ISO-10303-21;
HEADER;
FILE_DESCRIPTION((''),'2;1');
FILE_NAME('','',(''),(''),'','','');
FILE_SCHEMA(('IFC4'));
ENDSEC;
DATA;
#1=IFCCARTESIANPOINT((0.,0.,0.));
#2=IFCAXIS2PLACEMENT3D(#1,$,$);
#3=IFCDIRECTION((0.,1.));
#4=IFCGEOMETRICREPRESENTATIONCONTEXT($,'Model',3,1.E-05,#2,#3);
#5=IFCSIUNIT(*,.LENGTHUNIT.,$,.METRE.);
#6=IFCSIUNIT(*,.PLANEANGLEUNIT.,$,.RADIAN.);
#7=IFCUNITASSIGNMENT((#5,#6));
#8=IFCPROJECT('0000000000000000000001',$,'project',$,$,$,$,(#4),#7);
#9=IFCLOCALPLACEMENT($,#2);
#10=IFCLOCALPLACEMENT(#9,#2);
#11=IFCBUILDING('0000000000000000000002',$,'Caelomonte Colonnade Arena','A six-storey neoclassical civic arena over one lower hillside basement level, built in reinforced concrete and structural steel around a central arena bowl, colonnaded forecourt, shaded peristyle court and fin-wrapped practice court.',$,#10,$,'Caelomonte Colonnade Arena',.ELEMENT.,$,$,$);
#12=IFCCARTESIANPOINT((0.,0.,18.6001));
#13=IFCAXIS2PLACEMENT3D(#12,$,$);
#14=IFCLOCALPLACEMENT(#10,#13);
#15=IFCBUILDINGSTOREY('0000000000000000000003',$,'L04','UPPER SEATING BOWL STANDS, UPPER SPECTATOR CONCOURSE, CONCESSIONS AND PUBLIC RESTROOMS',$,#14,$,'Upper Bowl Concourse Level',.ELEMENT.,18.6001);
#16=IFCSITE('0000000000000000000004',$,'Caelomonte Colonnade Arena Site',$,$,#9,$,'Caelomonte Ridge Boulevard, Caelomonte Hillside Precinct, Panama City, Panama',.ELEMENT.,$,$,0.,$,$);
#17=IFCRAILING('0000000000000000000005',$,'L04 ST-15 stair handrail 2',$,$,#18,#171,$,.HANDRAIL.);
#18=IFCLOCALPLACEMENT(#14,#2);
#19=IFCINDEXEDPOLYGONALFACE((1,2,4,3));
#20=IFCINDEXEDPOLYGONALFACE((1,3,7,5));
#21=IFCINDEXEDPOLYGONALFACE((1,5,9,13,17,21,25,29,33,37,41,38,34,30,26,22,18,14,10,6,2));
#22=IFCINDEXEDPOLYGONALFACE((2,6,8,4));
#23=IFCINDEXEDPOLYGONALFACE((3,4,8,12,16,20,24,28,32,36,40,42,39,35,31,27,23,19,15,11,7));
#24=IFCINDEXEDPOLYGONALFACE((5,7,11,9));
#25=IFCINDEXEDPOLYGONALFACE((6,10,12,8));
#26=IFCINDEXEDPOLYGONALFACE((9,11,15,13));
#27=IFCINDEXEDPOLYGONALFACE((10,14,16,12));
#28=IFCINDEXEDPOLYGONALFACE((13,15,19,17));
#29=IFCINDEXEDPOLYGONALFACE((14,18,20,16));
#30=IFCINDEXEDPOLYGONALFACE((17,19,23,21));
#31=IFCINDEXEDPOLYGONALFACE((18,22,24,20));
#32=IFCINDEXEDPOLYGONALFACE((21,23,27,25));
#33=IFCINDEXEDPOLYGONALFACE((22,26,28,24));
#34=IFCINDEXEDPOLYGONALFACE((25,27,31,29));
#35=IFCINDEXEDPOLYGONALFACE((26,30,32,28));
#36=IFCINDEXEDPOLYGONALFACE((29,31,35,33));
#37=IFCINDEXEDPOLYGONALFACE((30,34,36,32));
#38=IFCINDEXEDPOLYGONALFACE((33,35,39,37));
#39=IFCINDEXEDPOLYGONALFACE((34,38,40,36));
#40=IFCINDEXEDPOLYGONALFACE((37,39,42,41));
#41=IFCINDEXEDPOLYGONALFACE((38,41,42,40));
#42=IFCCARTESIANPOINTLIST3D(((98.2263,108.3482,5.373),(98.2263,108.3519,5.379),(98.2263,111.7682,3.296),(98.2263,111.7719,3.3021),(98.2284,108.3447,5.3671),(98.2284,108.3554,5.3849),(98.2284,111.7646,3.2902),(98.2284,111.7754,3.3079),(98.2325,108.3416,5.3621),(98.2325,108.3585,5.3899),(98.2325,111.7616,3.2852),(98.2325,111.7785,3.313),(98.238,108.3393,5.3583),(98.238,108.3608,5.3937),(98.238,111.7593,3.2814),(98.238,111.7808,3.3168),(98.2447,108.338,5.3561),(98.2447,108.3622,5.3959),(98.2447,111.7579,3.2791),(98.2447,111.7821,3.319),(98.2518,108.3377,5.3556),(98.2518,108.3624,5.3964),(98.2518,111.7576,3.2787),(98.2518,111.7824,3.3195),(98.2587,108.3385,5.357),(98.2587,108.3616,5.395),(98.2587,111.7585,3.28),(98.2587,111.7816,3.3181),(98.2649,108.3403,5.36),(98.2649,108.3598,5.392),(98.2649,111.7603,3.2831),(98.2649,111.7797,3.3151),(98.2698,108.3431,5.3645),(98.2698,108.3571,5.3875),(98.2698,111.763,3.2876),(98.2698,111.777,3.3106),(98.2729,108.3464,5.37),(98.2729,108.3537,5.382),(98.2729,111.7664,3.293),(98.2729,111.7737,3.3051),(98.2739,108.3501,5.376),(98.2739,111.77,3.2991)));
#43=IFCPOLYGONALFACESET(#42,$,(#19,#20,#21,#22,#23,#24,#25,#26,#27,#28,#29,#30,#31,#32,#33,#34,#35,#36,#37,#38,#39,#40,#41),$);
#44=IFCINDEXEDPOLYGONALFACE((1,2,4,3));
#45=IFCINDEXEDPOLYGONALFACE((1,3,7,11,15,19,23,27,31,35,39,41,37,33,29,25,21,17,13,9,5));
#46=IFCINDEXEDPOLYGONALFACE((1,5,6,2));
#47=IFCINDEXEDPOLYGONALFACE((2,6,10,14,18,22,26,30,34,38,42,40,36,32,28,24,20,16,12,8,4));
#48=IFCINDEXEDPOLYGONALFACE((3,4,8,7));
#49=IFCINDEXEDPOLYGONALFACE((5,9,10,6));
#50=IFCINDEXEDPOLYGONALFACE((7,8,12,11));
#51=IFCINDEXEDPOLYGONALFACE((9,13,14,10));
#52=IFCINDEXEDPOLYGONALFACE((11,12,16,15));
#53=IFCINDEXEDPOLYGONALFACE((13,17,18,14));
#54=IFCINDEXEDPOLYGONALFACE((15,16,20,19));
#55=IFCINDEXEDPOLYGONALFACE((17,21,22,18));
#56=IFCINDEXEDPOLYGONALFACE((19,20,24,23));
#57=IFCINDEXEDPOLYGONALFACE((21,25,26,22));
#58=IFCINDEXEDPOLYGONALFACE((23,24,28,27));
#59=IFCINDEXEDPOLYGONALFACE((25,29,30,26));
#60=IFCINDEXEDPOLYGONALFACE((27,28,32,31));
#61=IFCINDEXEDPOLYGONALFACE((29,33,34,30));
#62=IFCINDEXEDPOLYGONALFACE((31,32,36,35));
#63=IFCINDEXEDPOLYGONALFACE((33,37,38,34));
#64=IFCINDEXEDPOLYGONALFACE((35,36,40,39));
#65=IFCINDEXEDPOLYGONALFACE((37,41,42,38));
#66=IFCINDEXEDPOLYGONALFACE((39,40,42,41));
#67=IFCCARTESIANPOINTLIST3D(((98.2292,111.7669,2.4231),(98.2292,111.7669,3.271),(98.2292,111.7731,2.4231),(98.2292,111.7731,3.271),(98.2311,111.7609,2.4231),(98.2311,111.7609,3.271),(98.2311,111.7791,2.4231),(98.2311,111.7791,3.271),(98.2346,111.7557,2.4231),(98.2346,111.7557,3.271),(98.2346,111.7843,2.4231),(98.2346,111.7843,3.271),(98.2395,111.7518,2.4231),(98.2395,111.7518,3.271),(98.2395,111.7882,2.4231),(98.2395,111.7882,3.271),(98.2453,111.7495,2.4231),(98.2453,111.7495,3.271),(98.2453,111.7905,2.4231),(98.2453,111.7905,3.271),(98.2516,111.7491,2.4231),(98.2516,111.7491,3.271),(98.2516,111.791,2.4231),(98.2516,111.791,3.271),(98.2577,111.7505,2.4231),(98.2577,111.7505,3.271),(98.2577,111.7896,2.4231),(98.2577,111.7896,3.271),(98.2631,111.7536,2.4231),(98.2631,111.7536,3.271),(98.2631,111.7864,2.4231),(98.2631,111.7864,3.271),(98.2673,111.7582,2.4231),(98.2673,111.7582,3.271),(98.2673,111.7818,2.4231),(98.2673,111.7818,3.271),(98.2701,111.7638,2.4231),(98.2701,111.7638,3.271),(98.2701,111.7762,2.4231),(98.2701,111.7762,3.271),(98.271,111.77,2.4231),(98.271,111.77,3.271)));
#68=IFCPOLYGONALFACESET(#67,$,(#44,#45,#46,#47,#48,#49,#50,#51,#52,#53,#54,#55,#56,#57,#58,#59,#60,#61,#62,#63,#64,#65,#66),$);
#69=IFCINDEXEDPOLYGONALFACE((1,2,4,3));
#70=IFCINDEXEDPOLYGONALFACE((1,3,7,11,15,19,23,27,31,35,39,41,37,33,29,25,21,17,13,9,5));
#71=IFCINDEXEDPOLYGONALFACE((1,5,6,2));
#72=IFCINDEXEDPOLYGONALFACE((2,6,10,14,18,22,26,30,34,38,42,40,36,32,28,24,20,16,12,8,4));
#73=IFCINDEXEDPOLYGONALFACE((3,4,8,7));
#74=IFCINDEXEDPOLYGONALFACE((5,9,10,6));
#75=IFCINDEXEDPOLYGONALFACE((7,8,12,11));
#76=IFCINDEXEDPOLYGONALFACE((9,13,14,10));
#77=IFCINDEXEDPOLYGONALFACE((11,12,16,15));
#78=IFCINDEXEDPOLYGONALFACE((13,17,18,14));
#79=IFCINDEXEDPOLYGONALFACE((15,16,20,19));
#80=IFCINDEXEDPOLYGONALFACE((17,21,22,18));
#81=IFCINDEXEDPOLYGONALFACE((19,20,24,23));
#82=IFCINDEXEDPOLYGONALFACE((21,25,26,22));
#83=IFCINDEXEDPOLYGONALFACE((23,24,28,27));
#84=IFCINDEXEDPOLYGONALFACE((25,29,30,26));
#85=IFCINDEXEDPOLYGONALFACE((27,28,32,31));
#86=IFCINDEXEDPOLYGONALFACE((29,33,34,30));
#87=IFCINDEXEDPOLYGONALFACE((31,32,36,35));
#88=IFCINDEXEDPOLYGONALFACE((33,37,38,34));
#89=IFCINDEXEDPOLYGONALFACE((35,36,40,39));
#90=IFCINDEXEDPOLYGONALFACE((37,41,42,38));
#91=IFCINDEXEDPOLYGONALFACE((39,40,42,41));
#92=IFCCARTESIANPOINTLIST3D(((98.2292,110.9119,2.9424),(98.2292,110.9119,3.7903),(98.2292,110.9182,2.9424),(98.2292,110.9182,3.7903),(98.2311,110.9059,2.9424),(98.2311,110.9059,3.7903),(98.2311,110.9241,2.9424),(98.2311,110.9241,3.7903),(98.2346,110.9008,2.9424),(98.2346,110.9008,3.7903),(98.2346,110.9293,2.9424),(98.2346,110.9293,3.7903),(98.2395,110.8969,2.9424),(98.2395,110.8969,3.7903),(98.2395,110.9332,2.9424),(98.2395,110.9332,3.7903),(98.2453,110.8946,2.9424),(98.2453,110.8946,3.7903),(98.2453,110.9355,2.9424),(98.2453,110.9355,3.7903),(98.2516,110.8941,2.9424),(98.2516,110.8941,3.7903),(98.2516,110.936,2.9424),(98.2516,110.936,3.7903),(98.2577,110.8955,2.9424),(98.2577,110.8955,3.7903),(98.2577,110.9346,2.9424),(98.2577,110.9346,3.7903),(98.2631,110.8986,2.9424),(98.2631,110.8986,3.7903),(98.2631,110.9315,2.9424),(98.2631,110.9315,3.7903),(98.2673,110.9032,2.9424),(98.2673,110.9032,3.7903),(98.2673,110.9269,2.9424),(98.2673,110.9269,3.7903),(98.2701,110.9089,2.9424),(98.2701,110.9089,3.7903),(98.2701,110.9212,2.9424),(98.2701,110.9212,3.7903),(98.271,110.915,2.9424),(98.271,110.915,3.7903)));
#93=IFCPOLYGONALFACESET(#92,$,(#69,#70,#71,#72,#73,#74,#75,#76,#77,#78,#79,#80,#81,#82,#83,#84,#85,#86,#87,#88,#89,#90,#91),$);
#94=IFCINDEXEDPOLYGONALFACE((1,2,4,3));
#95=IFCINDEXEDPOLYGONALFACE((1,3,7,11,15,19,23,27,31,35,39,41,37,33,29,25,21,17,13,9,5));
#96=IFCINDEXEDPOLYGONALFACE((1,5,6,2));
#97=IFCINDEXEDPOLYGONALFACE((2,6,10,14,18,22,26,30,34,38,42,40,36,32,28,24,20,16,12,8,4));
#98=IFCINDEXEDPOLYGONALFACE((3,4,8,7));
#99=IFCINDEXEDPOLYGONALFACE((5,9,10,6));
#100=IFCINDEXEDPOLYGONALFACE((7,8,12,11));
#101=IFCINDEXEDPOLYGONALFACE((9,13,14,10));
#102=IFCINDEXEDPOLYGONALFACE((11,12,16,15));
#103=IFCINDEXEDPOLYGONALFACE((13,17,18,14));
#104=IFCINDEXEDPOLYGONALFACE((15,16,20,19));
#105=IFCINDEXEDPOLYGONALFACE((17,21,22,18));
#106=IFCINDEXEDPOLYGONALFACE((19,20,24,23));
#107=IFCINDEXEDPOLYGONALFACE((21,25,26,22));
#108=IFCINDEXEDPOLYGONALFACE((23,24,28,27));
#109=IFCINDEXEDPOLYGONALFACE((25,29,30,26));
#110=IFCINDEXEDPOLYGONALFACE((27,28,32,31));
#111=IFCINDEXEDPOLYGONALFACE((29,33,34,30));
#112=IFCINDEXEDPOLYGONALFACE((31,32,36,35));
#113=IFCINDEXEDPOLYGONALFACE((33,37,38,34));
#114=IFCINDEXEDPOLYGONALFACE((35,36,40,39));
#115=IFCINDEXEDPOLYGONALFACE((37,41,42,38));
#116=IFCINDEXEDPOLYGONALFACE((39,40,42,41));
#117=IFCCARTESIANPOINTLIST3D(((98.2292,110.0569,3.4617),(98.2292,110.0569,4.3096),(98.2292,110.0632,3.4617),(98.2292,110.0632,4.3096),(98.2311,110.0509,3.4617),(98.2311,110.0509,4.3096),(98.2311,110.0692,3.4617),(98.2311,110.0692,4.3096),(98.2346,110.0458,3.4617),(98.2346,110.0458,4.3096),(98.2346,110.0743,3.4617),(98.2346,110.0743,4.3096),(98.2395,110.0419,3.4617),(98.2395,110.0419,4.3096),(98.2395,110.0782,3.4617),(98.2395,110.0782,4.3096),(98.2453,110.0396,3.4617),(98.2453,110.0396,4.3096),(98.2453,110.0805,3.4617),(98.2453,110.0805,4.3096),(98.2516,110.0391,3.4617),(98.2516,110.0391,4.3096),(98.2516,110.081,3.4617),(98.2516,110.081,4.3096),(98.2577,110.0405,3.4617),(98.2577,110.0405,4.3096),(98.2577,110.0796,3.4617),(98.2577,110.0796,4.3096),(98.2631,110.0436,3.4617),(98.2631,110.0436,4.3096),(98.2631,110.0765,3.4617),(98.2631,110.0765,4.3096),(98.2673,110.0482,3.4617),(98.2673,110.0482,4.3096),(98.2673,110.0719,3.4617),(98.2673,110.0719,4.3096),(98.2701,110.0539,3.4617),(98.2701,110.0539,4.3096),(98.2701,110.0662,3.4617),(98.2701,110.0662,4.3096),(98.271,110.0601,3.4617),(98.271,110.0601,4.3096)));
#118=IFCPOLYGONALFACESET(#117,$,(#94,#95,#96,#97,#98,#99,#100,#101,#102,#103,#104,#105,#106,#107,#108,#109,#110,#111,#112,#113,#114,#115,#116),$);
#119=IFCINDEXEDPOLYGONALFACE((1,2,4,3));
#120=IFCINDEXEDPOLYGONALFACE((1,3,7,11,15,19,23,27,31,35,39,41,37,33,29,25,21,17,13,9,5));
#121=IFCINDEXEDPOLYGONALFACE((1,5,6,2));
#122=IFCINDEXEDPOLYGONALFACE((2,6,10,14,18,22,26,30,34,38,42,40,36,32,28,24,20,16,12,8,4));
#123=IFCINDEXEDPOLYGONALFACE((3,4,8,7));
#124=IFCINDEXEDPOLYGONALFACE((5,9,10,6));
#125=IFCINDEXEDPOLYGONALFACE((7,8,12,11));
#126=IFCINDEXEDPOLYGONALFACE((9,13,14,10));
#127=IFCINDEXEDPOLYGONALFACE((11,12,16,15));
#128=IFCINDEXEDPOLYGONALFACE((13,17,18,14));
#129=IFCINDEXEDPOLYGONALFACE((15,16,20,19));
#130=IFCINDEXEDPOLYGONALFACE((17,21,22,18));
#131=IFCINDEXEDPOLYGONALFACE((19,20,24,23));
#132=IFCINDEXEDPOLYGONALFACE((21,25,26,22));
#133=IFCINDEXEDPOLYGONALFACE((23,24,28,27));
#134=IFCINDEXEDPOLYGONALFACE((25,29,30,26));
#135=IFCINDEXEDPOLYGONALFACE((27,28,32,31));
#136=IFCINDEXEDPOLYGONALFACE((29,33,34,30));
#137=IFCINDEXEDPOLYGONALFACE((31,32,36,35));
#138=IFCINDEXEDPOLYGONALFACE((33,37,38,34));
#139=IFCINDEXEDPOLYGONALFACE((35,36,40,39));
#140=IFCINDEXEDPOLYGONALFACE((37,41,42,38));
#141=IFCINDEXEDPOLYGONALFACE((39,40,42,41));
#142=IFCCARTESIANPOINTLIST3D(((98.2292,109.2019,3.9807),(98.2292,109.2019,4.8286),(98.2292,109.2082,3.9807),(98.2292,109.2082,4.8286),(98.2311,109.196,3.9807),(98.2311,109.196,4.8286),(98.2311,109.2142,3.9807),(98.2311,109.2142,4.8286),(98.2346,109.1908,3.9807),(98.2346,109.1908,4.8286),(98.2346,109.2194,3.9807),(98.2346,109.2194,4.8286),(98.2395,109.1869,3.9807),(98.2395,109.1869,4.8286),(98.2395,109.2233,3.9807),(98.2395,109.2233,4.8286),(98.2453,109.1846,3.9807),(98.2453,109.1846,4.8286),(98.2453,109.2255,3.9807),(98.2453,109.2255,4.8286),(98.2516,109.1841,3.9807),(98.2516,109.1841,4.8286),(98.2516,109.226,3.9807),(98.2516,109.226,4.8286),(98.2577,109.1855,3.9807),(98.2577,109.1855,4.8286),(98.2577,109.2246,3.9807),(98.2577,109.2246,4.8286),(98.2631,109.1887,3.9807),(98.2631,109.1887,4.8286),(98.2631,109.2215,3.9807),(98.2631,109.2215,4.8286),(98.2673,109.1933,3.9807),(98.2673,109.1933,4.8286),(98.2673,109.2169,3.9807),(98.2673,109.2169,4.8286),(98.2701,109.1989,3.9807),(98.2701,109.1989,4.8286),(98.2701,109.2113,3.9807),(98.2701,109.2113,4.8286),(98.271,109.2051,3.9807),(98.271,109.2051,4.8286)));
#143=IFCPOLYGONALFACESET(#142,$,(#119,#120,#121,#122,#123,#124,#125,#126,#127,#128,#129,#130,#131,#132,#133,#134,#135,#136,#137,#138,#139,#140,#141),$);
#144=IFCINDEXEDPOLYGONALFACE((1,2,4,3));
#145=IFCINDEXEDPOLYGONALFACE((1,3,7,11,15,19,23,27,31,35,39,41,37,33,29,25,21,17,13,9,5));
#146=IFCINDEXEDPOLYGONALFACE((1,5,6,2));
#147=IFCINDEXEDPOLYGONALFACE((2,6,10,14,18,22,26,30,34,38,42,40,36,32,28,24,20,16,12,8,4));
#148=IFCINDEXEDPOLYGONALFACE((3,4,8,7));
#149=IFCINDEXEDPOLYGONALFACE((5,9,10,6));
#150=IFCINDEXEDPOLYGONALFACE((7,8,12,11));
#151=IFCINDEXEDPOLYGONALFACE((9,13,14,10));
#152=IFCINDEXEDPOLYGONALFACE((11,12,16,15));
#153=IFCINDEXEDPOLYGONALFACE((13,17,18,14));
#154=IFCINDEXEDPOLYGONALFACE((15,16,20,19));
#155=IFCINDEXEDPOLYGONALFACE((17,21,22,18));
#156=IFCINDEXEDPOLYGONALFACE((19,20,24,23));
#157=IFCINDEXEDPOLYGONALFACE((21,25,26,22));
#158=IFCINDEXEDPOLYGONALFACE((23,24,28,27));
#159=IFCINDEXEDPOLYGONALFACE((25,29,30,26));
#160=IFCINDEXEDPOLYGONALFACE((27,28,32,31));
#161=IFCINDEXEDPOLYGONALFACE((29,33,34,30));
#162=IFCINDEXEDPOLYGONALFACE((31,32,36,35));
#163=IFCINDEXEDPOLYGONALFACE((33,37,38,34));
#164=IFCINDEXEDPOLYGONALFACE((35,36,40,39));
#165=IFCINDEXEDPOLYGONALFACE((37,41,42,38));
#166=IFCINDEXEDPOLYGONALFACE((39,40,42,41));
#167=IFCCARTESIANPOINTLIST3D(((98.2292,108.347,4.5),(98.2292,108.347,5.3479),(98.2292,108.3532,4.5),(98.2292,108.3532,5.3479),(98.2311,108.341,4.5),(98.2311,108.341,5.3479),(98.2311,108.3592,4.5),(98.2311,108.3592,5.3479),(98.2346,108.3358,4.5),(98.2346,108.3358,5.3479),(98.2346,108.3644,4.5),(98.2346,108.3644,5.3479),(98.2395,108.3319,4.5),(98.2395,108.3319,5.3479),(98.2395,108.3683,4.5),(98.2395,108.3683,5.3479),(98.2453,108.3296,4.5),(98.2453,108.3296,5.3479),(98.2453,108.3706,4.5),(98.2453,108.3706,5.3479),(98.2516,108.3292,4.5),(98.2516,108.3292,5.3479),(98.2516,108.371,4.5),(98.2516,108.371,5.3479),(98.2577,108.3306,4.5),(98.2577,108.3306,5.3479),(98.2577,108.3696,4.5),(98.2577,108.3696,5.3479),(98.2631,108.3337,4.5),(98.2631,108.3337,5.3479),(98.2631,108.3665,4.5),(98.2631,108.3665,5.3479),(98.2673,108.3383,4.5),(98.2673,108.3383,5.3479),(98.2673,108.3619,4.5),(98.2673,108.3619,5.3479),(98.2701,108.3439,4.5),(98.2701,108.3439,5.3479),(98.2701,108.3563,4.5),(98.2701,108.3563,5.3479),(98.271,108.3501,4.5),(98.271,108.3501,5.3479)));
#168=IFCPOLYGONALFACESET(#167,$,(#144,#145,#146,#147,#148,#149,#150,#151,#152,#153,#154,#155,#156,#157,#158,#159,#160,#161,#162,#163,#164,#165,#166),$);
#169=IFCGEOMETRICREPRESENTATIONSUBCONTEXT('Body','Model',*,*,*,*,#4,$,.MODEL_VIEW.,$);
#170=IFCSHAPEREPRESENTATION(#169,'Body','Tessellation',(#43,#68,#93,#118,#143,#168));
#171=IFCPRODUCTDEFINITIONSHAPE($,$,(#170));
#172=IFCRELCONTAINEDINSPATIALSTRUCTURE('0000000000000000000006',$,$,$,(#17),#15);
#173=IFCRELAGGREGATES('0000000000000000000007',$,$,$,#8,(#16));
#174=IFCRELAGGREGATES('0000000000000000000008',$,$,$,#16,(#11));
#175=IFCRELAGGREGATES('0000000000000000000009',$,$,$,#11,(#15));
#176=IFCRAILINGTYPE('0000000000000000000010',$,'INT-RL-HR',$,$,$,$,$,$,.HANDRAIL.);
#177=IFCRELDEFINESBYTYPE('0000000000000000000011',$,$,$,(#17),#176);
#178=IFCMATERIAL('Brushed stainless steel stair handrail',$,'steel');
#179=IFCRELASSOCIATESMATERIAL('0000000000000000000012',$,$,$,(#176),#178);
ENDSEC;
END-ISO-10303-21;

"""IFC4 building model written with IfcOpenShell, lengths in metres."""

from ifc_helpers import new_model, si_unit, direction, frame, origin, origin_2d, place, context, subcontext, project, spatial, circle, extrude, material, type_object, element, save


model = new_model("IFC4")

# Units and contexts
model_context = context("Model", 3, precision=1e-05, world=origin(), true_north=direction((0.0, 1.0)))
body_context = subcontext(model_context, "Body", "Model", "MODEL_VIEW")
ifc_project = project(units=[si_unit("LENGTHUNIT", "METRE"), si_unit("PLANEANGLEUNIT", "RADIAN")], contexts=[model_context])

# Site, building, storey
site_placement = place(None, origin())
site = spatial("IfcSite", under=ifc_project, at=site_placement, Name="Caelomonte Colonnade Arena Site", LongName="Caelomonte Ridge Boulevard, Caelomonte Hillside Precinct, Panama City, Panama", CompositionType="ELEMENT", RefElevation=0.0)
building_placement = place(site_placement, origin())
building = spatial("IfcBuilding", under=site, at=building_placement, Name="Caelomonte Colonnade Arena", Description="A six-storey neoclassical civic arena over one lower hillside basement level, built in reinforced concrete and structural steel around a central arena bowl, colonnaded forecourt, shaded peristyle court and fin-wrapped practice court.", LongName="Caelomonte Colonnade Arena", CompositionType="ELEMENT")
storey_placement = place(building_placement, frame((0.0, 0.0, 18.6001)))
storey = spatial("IfcBuildingStorey", under=building, at=storey_placement, Name="L04", Description="UPPER SEATING BOWL STANDS, UPPER SPECTATOR CONCOURSE, CONCESSIONS AND PUBLIC RESTROOMS", LongName="Upper Bowl Concourse Level", CompositionType="ELEMENT", Elevation=18.6001)

# Railing
ifc_material_1 = material(Name="Brushed stainless steel stair handrail", Category="steel")
railing_type_1 = type_object("IfcRailingType", Name="INT-RL-HR", PredefinedType="HANDRAIL", material=ifc_material_1)
railing_1_placement = place(storey_placement, frame((98.25, 111.77, 2.4231)))
element("IfcRailing", 1, at=railing_1_placement, inside=storey, type_object=railing_type_1, Name="L04 ST-15 stair handrail 2", PredefinedType="HANDRAIL", context=body_context, shape_type="SweptSolid", body=[
    extrude(circle(Radius=0.0239, at=origin_2d()), frame((0.0, 0.0, 0.876), z_axis=(0.0, -0.85473, 0.519074), x_axis=(1.0, 0.0, 0.0)), (0.0, 0.0, 1.0), 4.0012),
    extrude(circle(Radius=0.021, at=origin_2d()), origin(), (0.0, 0.0, 1.0), 0.8479),
    extrude(circle(Radius=0.021, at=origin_2d()), frame((0.0, -0.855, 0.5193)), (0.0, 0.0, 1.0), 0.8479),
    extrude(circle(Radius=0.021, at=origin_2d()), frame((0.0, -1.71, 1.0386)), (0.0, 0.0, 1.0), 0.8479),
    extrude(circle(Radius=0.021, at=origin_2d()), frame((0.0, -2.5649, 1.5576)), (0.0, 0.0, 1.0), 0.8479),
    extrude(circle(Radius=0.021, at=origin_2d()), frame((0.0, -3.4199, 2.0769)), (0.0, 0.0, 1.0), 0.8479),
])

save(model, "model.ifc")
